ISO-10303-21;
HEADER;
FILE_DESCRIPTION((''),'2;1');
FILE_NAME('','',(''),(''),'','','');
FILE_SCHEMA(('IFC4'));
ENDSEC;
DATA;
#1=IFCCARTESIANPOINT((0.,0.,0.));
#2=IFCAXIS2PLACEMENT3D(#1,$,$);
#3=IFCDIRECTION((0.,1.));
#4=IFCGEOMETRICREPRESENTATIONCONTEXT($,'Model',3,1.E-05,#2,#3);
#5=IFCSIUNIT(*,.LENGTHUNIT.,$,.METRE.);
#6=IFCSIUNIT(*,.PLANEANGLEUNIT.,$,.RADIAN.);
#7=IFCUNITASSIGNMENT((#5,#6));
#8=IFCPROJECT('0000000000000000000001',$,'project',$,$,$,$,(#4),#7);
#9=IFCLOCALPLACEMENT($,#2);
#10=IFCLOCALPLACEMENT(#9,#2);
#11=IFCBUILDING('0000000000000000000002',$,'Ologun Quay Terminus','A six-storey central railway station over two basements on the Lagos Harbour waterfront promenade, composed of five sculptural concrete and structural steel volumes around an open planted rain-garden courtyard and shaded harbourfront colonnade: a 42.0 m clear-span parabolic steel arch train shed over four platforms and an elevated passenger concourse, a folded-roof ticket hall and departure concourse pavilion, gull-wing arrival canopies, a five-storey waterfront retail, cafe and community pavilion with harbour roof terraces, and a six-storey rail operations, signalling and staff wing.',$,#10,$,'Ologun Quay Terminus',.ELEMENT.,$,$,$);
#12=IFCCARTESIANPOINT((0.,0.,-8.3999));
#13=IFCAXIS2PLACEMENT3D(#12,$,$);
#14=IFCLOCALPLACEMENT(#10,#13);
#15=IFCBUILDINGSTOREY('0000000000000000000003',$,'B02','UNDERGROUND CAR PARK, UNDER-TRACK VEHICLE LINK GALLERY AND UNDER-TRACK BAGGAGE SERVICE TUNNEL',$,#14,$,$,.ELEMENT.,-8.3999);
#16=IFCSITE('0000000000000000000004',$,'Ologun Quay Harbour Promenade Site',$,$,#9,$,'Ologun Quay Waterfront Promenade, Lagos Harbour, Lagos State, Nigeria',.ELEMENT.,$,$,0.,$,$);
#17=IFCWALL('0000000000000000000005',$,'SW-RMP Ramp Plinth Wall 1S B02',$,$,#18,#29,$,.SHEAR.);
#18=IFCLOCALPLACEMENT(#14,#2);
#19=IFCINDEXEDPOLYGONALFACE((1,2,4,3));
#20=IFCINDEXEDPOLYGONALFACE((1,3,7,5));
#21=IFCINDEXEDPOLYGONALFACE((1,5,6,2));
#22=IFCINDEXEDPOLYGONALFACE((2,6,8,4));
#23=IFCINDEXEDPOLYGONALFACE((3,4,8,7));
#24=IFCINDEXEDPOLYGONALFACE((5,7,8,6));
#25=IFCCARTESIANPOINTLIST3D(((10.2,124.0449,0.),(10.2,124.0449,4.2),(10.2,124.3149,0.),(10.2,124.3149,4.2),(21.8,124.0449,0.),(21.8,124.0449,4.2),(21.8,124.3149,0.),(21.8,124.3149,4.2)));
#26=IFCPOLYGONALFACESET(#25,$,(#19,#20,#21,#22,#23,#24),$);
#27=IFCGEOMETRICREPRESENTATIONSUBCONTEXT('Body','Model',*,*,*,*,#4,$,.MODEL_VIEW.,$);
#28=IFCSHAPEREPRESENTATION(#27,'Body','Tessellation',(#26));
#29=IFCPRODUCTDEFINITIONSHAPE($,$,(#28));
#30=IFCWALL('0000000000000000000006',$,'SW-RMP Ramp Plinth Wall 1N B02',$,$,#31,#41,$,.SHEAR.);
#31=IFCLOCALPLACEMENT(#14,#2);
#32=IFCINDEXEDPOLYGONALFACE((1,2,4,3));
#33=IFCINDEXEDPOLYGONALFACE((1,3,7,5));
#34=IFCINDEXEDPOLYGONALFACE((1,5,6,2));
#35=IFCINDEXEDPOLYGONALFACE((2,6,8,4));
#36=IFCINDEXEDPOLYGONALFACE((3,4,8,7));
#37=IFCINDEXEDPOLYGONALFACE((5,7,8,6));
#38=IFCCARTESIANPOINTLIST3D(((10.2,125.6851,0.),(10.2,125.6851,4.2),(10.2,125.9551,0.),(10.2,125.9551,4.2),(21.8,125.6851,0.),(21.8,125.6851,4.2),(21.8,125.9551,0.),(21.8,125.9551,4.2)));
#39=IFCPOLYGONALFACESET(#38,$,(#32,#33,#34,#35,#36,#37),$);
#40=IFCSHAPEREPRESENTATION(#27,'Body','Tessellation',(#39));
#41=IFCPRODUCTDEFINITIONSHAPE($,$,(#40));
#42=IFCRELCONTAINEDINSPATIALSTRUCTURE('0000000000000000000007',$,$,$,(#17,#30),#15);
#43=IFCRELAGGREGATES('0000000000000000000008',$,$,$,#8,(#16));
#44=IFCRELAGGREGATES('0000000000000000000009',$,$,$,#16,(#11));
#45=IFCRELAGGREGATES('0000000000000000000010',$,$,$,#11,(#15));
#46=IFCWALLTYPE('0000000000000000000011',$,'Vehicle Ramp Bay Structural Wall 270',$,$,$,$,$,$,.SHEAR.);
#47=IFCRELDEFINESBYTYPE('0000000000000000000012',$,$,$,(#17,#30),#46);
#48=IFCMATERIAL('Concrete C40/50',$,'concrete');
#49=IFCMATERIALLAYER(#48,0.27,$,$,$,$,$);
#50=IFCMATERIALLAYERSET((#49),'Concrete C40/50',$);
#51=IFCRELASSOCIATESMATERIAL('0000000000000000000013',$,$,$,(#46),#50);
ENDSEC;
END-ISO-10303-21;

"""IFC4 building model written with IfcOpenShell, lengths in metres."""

from ifc_helpers import new_model, si_unit, direction, frame, frame_2d, origin, place, context, subcontext, project, spatial, rectangle, extrude, material, layer, layer_set, type_object, element, save


model = new_model("IFC4")

# Units and contexts
model_context = context("Model", 3, precision=1e-05, world=origin(), true_north=direction((0.0, 1.0)))
body_context = subcontext(model_context, "Body", "Model", "MODEL_VIEW")
ifc_project = project(units=[si_unit("LENGTHUNIT", "METRE"), si_unit("PLANEANGLEUNIT", "RADIAN")], contexts=[model_context])

# Site, building, storey
site_placement = place(None, origin())
site = spatial("IfcSite", under=ifc_project, at=site_placement, Name="Ologun Quay Harbour Promenade Site", LongName="Ologun Quay Waterfront Promenade, Lagos Harbour, Lagos State, Nigeria", CompositionType="ELEMENT", RefElevation=0.0)
building_placement = place(site_placement, origin())
building = spatial("IfcBuilding", under=site, at=building_placement, Name="Ologun Quay Terminus", Description="A six-storey central railway station over two basements on the Lagos Harbour waterfront promenade, composed of five sculptural concrete and structural steel volumes around an open planted rain-garden courtyard and shaded harbourfront colonnade: a 42.0 m clear-span parabolic steel arch train shed over four platforms and an elevated passenger concourse, a folded-roof ticket hall and departure concourse pavilion, gull-wing arrival canopies, a five-storey waterfront retail, cafe and community pavilion with harbour roof terraces, and a six-storey rail operations, signalling and staff wing.", LongName="Ologun Quay Terminus", CompositionType="ELEMENT")
storey_placement = place(building_placement, frame((0.0, 0.0, -8.3999)))
storey = spatial("IfcBuildingStorey", under=building, at=storey_placement, Name="B02", Description="UNDERGROUND CAR PARK, UNDER-TRACK VEHICLE LINK GALLERY AND UNDER-TRACK BAGGAGE SERVICE TUNNEL", CompositionType="ELEMENT", Elevation=-8.3999)

# Walls
ifc_material_1 = material(Name="Concrete C40/50", Category="concrete")
ifc_layer_1 = layer(ifc_material_1, 0.27)
ifc_layer_set_1 = layer_set([ifc_layer_1], Name="Concrete C40/50")
wall_type_1 = type_object("IfcWallType", Name="Vehicle Ramp Bay Structural Wall 270", PredefinedType="SHEAR", material=ifc_layer_set_1)
for number, where, z_axis, x_axis, name in (
    (1, (10.2, 124.1799, 0.0), (0.0, 0.0, 1.0), (1.0, 0.0, 0.0), "SW-RMP Ramp Plinth Wall 1S B02"),
    (2, (10.2, 125.8201, 0.0), (0.0, 0.0, 1.0), (1.0, 0.0, 0.0), "SW-RMP Ramp Plinth Wall 1N B02"),
):
    element("IfcWall", number, at=place(storey_placement, frame(where, z_axis=z_axis, x_axis=x_axis)), inside=storey, type_object=wall_type_1, Name=name, PredefinedType="SHEAR", context=body_context, shape_type="SweptSolid", body=[
        extrude(rectangle(XDim=11.6001, YDim=0.27, at=frame_2d((5.8, 0.0))), origin(), (0.0, 0.0, 1.0), 4.2),
    ])

save(model, "model.ifc")
